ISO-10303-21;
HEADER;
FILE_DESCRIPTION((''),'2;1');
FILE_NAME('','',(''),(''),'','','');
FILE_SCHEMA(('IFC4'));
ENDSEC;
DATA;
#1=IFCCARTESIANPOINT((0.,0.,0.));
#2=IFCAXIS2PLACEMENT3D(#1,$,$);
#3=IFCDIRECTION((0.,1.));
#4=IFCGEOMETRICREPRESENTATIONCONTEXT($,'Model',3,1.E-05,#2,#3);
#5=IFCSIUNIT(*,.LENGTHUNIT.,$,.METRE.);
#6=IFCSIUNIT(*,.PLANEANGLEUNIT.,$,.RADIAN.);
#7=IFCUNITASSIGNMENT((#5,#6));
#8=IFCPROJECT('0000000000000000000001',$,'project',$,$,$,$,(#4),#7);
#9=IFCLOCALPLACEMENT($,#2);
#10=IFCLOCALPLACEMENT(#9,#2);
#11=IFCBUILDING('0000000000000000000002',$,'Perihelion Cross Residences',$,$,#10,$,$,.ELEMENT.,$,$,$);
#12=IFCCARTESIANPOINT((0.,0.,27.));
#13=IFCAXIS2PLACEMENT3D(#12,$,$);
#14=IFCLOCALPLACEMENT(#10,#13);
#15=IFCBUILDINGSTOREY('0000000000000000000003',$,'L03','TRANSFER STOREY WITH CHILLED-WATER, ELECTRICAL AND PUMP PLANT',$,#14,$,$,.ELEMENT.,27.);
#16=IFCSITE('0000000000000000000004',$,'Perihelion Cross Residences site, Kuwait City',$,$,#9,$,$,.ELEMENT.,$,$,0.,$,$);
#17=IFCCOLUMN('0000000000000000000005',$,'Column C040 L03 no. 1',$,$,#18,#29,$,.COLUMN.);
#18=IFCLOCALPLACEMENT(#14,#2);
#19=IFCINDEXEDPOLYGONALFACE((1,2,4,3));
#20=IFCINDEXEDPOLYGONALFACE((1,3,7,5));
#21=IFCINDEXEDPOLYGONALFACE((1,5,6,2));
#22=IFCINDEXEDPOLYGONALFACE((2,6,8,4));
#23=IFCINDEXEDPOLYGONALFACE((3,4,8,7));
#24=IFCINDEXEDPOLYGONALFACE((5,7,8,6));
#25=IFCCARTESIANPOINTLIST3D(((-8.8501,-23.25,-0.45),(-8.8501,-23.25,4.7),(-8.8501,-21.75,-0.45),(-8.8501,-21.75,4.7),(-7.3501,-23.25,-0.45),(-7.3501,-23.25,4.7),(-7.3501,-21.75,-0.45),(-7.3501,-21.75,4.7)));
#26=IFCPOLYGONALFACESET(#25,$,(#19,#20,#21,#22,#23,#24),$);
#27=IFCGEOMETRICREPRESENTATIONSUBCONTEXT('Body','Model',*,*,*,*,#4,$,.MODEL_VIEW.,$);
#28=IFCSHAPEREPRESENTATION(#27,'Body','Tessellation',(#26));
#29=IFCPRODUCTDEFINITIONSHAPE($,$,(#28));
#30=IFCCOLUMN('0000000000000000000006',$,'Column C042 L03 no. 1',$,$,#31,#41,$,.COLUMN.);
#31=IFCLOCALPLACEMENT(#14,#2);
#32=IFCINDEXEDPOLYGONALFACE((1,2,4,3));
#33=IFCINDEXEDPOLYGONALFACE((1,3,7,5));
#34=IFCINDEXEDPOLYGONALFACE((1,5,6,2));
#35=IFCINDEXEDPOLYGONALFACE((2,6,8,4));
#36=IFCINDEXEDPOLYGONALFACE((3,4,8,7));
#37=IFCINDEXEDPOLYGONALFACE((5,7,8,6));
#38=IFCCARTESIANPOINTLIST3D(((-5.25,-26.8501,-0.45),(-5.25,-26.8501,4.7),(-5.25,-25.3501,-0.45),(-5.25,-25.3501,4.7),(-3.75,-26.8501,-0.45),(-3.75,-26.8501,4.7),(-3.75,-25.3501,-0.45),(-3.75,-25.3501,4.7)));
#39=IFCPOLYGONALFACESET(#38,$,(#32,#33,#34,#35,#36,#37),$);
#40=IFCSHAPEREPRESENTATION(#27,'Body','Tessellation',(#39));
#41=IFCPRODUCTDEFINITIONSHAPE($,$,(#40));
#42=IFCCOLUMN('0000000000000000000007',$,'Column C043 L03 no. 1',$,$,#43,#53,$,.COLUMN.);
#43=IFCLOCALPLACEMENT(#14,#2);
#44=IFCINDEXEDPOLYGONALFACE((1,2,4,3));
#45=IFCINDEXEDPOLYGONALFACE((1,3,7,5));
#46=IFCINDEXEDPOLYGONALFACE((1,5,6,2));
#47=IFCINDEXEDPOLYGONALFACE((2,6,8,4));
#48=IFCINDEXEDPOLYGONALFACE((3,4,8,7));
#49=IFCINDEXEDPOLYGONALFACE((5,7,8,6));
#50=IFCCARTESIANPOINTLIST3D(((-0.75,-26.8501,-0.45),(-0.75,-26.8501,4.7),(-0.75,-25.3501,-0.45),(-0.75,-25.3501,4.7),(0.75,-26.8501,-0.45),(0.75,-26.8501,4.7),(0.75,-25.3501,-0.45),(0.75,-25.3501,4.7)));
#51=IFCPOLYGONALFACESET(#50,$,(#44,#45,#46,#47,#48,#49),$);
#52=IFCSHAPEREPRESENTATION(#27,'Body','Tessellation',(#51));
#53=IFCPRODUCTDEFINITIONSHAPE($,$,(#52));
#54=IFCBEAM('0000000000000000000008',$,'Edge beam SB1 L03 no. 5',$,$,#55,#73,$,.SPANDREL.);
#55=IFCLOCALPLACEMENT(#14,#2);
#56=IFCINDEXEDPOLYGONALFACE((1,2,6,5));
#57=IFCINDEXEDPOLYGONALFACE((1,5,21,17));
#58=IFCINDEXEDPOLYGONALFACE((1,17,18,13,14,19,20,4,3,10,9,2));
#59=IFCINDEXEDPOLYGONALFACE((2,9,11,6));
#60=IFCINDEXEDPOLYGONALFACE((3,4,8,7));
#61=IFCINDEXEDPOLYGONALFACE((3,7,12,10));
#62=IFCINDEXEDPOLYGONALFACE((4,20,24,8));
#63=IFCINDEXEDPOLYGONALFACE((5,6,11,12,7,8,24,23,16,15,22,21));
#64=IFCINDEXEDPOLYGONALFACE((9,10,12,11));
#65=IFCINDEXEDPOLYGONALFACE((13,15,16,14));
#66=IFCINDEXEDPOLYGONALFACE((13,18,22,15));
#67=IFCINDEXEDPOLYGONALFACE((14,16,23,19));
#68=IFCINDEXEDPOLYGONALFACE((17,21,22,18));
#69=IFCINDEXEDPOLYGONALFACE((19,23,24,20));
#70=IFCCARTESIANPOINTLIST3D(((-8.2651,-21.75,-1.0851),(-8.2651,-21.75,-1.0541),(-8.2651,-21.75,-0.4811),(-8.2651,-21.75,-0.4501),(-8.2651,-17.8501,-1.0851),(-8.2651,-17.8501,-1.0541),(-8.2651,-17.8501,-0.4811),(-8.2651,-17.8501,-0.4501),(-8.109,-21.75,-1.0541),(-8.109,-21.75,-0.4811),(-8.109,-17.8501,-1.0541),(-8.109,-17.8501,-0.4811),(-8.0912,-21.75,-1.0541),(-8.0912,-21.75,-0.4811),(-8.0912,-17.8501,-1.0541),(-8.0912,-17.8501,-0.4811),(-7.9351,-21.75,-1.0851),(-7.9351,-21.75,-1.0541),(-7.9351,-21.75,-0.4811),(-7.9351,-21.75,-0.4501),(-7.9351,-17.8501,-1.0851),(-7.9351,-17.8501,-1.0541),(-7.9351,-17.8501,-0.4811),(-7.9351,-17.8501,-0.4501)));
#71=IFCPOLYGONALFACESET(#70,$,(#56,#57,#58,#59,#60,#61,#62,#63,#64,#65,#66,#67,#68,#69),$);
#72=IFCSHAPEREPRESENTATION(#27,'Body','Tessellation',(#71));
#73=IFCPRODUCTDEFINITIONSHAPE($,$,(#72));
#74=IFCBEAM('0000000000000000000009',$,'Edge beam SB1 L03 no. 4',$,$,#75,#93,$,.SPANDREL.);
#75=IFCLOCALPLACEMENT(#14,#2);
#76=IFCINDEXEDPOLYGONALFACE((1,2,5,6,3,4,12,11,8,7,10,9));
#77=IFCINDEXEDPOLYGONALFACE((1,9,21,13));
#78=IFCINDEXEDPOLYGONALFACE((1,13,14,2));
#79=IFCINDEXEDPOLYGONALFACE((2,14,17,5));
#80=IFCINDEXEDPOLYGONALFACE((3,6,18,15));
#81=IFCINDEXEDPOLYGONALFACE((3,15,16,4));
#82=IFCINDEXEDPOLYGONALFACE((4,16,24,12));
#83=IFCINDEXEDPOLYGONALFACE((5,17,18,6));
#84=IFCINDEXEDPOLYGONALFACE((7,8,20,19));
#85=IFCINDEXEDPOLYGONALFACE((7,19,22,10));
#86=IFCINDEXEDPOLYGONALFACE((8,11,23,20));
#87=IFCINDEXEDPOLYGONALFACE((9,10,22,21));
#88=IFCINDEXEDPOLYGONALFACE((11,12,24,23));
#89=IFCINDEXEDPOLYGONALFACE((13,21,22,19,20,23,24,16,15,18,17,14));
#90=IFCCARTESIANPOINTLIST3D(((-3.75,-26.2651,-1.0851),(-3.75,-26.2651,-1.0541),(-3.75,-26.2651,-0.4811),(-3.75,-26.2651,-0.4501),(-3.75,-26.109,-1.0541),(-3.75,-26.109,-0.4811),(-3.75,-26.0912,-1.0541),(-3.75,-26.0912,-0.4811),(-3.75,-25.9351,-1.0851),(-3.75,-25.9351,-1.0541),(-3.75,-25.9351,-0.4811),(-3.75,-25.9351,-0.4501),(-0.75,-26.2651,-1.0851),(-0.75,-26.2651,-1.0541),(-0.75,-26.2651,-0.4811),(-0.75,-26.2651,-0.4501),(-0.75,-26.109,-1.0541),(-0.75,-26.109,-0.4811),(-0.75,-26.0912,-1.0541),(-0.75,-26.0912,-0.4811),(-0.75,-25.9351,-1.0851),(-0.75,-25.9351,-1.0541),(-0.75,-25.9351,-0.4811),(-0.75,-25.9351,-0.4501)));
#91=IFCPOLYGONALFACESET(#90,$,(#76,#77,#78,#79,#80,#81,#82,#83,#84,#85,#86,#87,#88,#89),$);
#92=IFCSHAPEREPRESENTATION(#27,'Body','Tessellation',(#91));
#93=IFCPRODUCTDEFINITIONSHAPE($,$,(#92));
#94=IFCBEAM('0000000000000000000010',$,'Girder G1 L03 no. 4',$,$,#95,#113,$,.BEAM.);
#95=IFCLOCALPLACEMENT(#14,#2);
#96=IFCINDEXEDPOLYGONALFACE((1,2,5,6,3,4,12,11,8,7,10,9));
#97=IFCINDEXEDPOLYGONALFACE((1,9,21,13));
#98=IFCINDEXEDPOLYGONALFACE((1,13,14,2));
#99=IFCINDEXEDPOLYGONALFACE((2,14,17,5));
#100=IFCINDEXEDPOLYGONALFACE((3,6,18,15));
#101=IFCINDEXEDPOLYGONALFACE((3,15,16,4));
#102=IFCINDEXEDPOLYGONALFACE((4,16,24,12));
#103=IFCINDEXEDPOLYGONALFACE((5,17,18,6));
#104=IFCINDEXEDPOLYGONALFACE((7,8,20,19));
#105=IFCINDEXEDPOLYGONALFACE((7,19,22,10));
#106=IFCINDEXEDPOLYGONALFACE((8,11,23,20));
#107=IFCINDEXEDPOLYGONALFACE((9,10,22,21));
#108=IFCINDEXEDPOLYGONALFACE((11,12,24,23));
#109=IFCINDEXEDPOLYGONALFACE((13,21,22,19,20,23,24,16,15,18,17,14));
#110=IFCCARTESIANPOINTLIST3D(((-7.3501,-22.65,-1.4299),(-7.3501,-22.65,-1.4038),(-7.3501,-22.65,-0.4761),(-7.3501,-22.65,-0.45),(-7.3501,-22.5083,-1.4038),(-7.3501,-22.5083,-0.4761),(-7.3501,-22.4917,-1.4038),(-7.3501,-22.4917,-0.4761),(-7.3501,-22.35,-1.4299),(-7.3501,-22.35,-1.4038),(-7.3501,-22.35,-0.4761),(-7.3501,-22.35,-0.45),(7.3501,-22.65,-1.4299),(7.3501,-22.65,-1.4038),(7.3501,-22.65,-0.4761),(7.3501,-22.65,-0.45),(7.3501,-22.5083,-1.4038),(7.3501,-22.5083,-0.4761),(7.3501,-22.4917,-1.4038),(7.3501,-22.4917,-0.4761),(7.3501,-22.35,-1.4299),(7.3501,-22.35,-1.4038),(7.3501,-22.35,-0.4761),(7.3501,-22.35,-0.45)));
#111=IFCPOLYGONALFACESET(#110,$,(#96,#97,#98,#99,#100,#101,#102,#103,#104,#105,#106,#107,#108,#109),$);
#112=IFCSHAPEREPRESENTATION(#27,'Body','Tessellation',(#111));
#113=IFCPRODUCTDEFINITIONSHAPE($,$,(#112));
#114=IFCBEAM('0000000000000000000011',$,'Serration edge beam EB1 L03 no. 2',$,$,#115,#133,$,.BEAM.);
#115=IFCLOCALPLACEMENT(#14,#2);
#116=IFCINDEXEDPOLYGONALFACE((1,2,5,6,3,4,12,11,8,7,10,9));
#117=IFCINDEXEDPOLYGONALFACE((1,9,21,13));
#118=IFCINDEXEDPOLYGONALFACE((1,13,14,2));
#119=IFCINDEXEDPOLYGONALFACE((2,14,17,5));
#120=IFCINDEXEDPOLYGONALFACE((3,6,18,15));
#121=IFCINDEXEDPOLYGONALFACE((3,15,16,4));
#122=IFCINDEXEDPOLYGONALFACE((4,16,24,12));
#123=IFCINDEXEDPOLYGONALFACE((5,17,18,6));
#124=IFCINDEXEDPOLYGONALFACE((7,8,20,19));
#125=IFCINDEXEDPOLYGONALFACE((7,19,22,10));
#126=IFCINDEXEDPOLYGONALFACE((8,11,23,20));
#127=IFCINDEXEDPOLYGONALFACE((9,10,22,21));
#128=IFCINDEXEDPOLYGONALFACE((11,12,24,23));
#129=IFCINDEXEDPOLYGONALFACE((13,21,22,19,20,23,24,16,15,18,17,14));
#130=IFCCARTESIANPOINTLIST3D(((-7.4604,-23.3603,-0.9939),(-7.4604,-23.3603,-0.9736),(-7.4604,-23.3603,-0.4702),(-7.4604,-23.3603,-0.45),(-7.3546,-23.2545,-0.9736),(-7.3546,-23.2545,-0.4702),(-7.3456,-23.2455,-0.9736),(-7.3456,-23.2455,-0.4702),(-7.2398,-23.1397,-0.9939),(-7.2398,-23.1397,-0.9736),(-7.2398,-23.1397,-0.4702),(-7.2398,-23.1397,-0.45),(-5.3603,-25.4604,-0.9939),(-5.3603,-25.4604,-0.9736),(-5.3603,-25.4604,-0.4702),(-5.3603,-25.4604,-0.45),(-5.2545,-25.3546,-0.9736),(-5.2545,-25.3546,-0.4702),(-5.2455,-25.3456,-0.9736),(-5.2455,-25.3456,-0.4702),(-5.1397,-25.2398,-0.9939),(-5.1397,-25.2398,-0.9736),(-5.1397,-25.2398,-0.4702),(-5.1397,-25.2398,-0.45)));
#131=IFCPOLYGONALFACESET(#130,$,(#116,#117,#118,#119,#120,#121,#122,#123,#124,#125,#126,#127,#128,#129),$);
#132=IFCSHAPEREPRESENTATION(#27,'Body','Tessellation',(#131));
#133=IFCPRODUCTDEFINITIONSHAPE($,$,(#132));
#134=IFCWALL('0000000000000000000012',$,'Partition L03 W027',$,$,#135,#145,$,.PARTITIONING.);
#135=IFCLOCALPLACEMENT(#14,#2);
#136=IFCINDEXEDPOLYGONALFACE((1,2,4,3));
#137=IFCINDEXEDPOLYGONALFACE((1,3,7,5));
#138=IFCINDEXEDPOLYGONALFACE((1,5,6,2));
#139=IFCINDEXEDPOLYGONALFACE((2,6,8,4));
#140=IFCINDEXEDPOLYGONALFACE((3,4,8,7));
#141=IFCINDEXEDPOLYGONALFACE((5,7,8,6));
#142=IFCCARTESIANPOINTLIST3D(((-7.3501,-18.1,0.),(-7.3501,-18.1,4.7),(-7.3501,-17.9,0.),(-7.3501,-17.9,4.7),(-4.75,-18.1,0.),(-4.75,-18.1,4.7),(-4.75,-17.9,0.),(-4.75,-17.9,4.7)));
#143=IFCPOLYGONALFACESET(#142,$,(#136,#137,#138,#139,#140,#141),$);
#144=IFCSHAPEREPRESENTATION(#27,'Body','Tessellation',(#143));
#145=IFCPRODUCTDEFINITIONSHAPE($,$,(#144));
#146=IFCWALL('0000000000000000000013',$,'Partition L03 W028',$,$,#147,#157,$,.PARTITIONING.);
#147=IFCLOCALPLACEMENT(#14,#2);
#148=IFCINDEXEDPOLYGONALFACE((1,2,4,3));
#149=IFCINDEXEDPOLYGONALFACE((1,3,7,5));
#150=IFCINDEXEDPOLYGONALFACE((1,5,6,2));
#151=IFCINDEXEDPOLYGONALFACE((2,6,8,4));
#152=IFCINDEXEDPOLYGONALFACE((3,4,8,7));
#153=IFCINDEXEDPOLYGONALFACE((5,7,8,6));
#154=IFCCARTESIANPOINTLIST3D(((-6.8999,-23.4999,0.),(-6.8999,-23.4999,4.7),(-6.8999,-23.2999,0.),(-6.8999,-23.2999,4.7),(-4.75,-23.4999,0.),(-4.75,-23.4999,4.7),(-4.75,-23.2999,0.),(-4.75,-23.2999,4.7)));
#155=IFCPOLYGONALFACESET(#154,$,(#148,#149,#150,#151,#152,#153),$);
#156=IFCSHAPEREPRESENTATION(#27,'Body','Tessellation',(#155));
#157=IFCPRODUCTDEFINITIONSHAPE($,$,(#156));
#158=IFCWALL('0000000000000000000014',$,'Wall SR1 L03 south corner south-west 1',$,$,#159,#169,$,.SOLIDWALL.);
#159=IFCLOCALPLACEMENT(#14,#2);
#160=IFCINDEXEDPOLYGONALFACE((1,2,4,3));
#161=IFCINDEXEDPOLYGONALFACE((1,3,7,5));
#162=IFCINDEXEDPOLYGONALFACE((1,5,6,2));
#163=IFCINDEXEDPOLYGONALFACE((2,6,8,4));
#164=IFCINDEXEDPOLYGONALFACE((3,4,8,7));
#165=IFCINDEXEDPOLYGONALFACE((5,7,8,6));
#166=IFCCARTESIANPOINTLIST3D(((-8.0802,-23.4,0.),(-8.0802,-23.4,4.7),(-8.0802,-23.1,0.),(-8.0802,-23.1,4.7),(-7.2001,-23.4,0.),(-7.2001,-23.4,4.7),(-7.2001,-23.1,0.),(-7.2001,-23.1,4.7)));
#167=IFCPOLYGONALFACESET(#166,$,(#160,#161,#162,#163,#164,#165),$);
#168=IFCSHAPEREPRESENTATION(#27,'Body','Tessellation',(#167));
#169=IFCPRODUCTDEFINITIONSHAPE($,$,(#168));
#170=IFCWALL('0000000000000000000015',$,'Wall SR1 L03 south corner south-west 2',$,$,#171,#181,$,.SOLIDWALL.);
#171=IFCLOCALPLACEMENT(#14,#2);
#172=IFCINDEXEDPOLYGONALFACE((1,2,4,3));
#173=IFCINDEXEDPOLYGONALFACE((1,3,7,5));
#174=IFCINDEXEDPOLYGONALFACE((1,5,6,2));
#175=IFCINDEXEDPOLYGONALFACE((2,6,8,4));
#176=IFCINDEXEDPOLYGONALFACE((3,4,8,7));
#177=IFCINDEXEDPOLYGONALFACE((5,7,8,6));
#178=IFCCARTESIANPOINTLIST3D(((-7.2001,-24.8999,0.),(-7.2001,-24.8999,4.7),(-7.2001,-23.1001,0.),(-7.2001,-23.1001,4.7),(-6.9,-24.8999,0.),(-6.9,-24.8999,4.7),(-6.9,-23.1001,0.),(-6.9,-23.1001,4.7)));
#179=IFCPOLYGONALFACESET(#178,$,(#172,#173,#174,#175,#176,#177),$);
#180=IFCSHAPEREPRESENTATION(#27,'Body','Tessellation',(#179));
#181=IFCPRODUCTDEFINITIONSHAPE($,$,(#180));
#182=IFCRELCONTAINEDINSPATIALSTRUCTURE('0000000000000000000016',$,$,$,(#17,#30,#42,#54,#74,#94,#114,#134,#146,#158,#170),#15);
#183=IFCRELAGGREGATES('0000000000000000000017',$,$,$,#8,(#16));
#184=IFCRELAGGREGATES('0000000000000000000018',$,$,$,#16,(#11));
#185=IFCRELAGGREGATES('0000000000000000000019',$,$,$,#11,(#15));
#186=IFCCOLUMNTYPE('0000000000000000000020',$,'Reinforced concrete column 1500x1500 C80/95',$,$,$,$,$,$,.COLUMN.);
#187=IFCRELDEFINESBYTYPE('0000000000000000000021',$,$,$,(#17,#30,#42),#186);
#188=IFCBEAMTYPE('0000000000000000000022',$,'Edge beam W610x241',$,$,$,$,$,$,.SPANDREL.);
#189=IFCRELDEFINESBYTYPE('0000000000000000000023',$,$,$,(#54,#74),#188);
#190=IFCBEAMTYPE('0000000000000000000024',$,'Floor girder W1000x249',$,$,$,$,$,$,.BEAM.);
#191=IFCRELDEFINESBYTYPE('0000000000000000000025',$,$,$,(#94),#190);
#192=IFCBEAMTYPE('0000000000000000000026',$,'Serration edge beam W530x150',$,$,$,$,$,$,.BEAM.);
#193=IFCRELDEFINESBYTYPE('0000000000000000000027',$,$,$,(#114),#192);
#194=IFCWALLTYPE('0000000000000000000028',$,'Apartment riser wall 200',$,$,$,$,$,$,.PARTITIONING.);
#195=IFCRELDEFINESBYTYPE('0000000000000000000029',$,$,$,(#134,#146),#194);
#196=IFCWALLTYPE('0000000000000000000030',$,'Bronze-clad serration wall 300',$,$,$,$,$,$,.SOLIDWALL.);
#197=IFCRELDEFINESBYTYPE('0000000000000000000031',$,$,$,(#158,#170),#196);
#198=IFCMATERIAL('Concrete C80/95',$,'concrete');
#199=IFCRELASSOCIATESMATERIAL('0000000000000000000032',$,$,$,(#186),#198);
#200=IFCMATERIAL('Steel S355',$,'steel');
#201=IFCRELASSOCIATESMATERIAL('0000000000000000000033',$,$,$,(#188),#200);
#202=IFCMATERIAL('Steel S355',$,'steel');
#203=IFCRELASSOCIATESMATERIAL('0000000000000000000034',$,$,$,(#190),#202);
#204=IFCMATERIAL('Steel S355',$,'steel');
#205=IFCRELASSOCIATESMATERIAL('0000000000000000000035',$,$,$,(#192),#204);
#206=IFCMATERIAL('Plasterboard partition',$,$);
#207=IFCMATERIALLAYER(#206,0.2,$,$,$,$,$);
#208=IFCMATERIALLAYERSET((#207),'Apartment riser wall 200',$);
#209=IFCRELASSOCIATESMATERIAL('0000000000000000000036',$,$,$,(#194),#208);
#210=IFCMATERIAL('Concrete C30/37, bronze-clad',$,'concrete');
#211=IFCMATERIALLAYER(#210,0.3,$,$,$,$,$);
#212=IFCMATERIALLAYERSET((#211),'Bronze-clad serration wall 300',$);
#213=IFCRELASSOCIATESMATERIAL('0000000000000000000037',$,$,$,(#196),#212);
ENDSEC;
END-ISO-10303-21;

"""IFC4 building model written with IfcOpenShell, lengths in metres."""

from ifc_helpers import new_model, si_unit, direction, frame, frame_2d, origin, origin_2d, place, context, subcontext, project, spatial, rectangle, i_section, extrude, material, layer, layer_set, material_profile, profile_set, type_object, element, save


model = new_model("IFC4")

# Units and contexts
model_context = context("Model", 3, precision=1e-05, world=origin(), true_north=direction((0.0, 1.0)))
body_context = subcontext(model_context, "Body", "Model", "MODEL_VIEW")
ifc_project = project(units=[si_unit("LENGTHUNIT", "METRE"), si_unit("PLANEANGLEUNIT", "RADIAN")], contexts=[model_context])

# Site, building, storey
site_placement = place(None, origin())
site = spatial("IfcSite", under=ifc_project, at=site_placement, Name="Perihelion Cross Residences site, Kuwait City", CompositionType="ELEMENT", RefElevation=0.0)
building_placement = place(site_placement, origin())
building = spatial("IfcBuilding", under=site, at=building_placement, Name="Perihelion Cross Residences", CompositionType="ELEMENT")
storey_placement = place(building_placement, frame((0.0, 0.0, 27.0)))
storey = spatial("IfcBuildingStorey", under=building, at=storey_placement, Name="L03", Description="TRANSFER STOREY WITH CHILLED-WATER, ELECTRICAL AND PUMP PLANT", CompositionType="ELEMENT", Elevation=27.0)

# Columns
ifc_material_1 = material(Name="Concrete C80/95", Category="concrete")
ifc_material_profile_1 = material_profile(ifc_material_1, rectangle(XDim=1.5, YDim=1.5, at=origin_2d()), Name="RC 1500x1500")
ifc_profile_set_1 = profile_set([ifc_material_profile_1], Name="Concrete C80/95")
column_type = type_object("IfcColumnType", Name="Reinforced concrete column 1500x1500 C80/95", PredefinedType="COLUMN", material=ifc_profile_set_1)
for number, where, z_axis, x_axis, name in (
    (1, (-8.1001, -22.5, -0.45), (0.0, 0.0, 1.0), (1.0, 0.0, 0.0), "Column C040 L03 no. 1"),
    (2, (-4.5, -26.1001, -0.45), (0.0, 0.0, 1.0), (1.0, 0.0, 0.0), "Column C042 L03 no. 1"),
    (3, (0.0, -26.1001, -0.45), (0.0, 0.0, 1.0), (1.0, 0.0, 0.0), "Column C043 L03 no. 1"),
):
    element("IfcColumn", number, at=place(storey_placement, frame(where, z_axis=z_axis, x_axis=x_axis)), inside=storey, type_object=column_type, Name=name, PredefinedType="COLUMN", context=body_context, shape_type="SweptSolid", body=[
        extrude(rectangle(XDim=1.5, YDim=1.5, at=origin_2d()), origin(), (0.0, 0.0, 1.0), 5.1499),
    ])

# Beams
ifc_material_2 = material(Name="Steel S355", Category="steel")
ifc_material_profile_2 = material_profile(ifc_material_2, i_section(OverallWidth=0.3301, OverallDepth=0.635, WebThickness=0.0178, FlangeThickness=0.031, at=origin_2d()), Name="W610x241")
ifc_profile_set_2 = profile_set([ifc_material_profile_2], Name="Steel S355")
beam_type_1 = type_object("IfcBeamType", Name="Edge beam W610x241", PredefinedType="SPANDREL", material=ifc_profile_set_2)
beam_1_placement = place(storey_placement, frame((-8.1001, -17.8501, -0.7676), z_axis=(0.0, -1.0, 0.0), x_axis=(1.0, 0.0, 0.0)))
element("IfcBeam", 4, at=beam_1_placement, inside=storey, type_object=beam_type_1, Name="Edge beam SB1 L03 no. 5", PredefinedType="SPANDREL", context=body_context, shape_type="SweptSolid", body=[
    extrude(i_section(OverallWidth=0.3301, OverallDepth=0.635, WebThickness=0.0178, FlangeThickness=0.031, at=origin_2d()), origin(), (0.0, 0.0, 1.0), 3.8999),
])
beam_2_placement = place(storey_placement, frame((-3.75, -26.1001, -0.7676), z_axis=(1.0, 0.0, 0.0), x_axis=(0.0, 1.0, 0.0)))
element("IfcBeam", 5, at=beam_2_placement, inside=storey, type_object=beam_type_1, Name="Edge beam SB1 L03 no. 4", PredefinedType="SPANDREL", context=body_context, shape_type="SweptSolid", body=[
    extrude(i_section(OverallWidth=0.3301, OverallDepth=0.635, WebThickness=0.0178, FlangeThickness=0.031, at=origin_2d()), origin(), (0.0, 0.0, 1.0), 3.0),
])
ifc_material_3 = material(Name="Steel S355", Category="steel")
ifc_material_profile_3 = material_profile(ifc_material_3, i_section(OverallWidth=0.3, OverallDepth=0.98, WebThickness=0.0166, FlangeThickness=0.0261, at=origin_2d()), Name="W1000x249")
ifc_profile_set_3 = profile_set([ifc_material_profile_3], Name="Steel S355")
beam_type_2 = type_object("IfcBeamType", Name="Floor girder W1000x249", PredefinedType="BEAM", material=ifc_profile_set_3)
beam_3_placement = place(storey_placement, frame((-7.3501, -22.5, -0.9399), z_axis=(1.0, 0.0, 0.0), x_axis=(0.0, 1.0, 0.0)))
element("IfcBeam", 6, at=beam_3_placement, inside=storey, type_object=beam_type_2, Name="Girder G1 L03 no. 4", PredefinedType="BEAM", context=body_context, shape_type="SweptSolid", body=[
    extrude(i_section(OverallWidth=0.3, OverallDepth=0.98, WebThickness=0.0166, FlangeThickness=0.0261, at=origin_2d()), origin(), (0.0, 0.0, 1.0), 14.7002),
])
ifc_material_4 = material(Name="Steel S355", Category="steel")
ifc_material_profile_4 = material_profile(ifc_material_4, i_section(OverallWidth=0.312, OverallDepth=0.5439, WebThickness=0.0127, FlangeThickness=0.0203, at=origin_2d()), Name="W530x150")
ifc_profile_set_4 = profile_set([ifc_material_profile_4], Name="Steel S355")
beam_type_3 = type_object("IfcBeamType", Name="Serration edge beam W530x150", PredefinedType="BEAM", material=ifc_profile_set_4)
beam_4_placement = place(storey_placement, frame((-7.3501, -23.25, -0.7219), z_axis=(0.707107, -0.707107, 0.0), x_axis=(0.707107, 0.707107, 0.0)))
element("IfcBeam", 7, at=beam_4_placement, inside=storey, type_object=beam_type_3, Name="Serration edge beam EB1 L03 no. 2", PredefinedType="BEAM", context=body_context, shape_type="SweptSolid", body=[
    extrude(i_section(OverallWidth=0.312, OverallDepth=0.5439, WebThickness=0.0127, FlangeThickness=0.0203, at=origin_2d()), origin(), (0.0, 0.0, 1.0), 2.97),
])

# Walls
ifc_material_5 = material(Name="Plasterboard partition")
ifc_layer_1 = layer(ifc_material_5, 0.2)
ifc_layer_set_1 = layer_set([ifc_layer_1], Name="Apartment riser wall 200")
wall_type_1 = type_object("IfcWallType", Name="Apartment riser wall 200", PredefinedType="PARTITIONING", material=ifc_layer_set_1)
wall_1_placement = place(storey_placement, frame((-4.75, -18.0, 0.0), z_axis=(0.0, 0.0, 1.0), x_axis=(-1.0, 0.0, 0.0)))
element("IfcWall", 8, at=wall_1_placement, inside=storey, type_object=wall_type_1, Name="Partition L03 W027", PredefinedType="PARTITIONING", context=body_context, shape_type="SweptSolid", body=[
    extrude(rectangle(XDim=2.6001, YDim=0.2, at=frame_2d((1.3, 0.0))), origin(), (0.0, 0.0, 1.0), 4.7),
])
wall_2_placement = place(storey_placement, frame((-4.75, -23.3999, 0.0), z_axis=(0.0, 0.0, 1.0), x_axis=(-1.0, 0.0, 0.0)))
element("IfcWall", 9, at=wall_2_placement, inside=storey, type_object=wall_type_1, Name="Partition L03 W028", PredefinedType="PARTITIONING", context=body_context, shape_type="SweptSolid", body=[
    extrude(rectangle(XDim=2.1499, YDim=0.2, at=frame_2d((1.075, 0.0))), origin(), (0.0, 0.0, 1.0), 4.7),
])
ifc_material_6 = material(Name="Concrete C30/37, bronze-clad", Category="concrete")
ifc_layer_2 = layer(ifc_material_6, 0.3)
ifc_layer_set_2 = layer_set([ifc_layer_2], Name="Bronze-clad serration wall 300")
wall_type_2 = type_object("IfcWallType", Name="Bronze-clad serration wall 300", PredefinedType="SOLIDWALL", material=ifc_layer_set_2)
wall_3_placement = place(storey_placement, frame((-8.0801, -23.25, 0.0), z_axis=(0.0, 0.0, 1.0), x_axis=(1.0, 0.0, 0.0)))
element("IfcWall", 10, at=wall_3_placement, inside=storey, type_object=wall_type_2, Name="Wall SR1 L03 south corner south-west 1", PredefinedType="SOLIDWALL", context=body_context, shape_type="SweptSolid", body=[
    extrude(rectangle(XDim=0.8801, YDim=0.3, at=frame_2d((0.4399, 0.0))), origin(), (0.0, 0.0, 1.0), 4.7),
])
wall_4_placement = place(storey_placement, frame((-7.05, -23.1001, 0.0), z_axis=(0.0, 0.0, 1.0), x_axis=(0.0, -1.0, 0.0)))
element("IfcWall", 11, at=wall_4_placement, inside=storey, type_object=wall_type_2, Name="Wall SR1 L03 south corner south-west 2", PredefinedType="SOLIDWALL", context=body_context, shape_type="SweptSolid", body=[
    extrude(rectangle(XDim=1.7998, YDim=0.3, at=frame_2d((0.8999, 0.0))), origin(), (0.0, 0.0, 1.0), 4.7),
])

save(model, "model.ifc")
